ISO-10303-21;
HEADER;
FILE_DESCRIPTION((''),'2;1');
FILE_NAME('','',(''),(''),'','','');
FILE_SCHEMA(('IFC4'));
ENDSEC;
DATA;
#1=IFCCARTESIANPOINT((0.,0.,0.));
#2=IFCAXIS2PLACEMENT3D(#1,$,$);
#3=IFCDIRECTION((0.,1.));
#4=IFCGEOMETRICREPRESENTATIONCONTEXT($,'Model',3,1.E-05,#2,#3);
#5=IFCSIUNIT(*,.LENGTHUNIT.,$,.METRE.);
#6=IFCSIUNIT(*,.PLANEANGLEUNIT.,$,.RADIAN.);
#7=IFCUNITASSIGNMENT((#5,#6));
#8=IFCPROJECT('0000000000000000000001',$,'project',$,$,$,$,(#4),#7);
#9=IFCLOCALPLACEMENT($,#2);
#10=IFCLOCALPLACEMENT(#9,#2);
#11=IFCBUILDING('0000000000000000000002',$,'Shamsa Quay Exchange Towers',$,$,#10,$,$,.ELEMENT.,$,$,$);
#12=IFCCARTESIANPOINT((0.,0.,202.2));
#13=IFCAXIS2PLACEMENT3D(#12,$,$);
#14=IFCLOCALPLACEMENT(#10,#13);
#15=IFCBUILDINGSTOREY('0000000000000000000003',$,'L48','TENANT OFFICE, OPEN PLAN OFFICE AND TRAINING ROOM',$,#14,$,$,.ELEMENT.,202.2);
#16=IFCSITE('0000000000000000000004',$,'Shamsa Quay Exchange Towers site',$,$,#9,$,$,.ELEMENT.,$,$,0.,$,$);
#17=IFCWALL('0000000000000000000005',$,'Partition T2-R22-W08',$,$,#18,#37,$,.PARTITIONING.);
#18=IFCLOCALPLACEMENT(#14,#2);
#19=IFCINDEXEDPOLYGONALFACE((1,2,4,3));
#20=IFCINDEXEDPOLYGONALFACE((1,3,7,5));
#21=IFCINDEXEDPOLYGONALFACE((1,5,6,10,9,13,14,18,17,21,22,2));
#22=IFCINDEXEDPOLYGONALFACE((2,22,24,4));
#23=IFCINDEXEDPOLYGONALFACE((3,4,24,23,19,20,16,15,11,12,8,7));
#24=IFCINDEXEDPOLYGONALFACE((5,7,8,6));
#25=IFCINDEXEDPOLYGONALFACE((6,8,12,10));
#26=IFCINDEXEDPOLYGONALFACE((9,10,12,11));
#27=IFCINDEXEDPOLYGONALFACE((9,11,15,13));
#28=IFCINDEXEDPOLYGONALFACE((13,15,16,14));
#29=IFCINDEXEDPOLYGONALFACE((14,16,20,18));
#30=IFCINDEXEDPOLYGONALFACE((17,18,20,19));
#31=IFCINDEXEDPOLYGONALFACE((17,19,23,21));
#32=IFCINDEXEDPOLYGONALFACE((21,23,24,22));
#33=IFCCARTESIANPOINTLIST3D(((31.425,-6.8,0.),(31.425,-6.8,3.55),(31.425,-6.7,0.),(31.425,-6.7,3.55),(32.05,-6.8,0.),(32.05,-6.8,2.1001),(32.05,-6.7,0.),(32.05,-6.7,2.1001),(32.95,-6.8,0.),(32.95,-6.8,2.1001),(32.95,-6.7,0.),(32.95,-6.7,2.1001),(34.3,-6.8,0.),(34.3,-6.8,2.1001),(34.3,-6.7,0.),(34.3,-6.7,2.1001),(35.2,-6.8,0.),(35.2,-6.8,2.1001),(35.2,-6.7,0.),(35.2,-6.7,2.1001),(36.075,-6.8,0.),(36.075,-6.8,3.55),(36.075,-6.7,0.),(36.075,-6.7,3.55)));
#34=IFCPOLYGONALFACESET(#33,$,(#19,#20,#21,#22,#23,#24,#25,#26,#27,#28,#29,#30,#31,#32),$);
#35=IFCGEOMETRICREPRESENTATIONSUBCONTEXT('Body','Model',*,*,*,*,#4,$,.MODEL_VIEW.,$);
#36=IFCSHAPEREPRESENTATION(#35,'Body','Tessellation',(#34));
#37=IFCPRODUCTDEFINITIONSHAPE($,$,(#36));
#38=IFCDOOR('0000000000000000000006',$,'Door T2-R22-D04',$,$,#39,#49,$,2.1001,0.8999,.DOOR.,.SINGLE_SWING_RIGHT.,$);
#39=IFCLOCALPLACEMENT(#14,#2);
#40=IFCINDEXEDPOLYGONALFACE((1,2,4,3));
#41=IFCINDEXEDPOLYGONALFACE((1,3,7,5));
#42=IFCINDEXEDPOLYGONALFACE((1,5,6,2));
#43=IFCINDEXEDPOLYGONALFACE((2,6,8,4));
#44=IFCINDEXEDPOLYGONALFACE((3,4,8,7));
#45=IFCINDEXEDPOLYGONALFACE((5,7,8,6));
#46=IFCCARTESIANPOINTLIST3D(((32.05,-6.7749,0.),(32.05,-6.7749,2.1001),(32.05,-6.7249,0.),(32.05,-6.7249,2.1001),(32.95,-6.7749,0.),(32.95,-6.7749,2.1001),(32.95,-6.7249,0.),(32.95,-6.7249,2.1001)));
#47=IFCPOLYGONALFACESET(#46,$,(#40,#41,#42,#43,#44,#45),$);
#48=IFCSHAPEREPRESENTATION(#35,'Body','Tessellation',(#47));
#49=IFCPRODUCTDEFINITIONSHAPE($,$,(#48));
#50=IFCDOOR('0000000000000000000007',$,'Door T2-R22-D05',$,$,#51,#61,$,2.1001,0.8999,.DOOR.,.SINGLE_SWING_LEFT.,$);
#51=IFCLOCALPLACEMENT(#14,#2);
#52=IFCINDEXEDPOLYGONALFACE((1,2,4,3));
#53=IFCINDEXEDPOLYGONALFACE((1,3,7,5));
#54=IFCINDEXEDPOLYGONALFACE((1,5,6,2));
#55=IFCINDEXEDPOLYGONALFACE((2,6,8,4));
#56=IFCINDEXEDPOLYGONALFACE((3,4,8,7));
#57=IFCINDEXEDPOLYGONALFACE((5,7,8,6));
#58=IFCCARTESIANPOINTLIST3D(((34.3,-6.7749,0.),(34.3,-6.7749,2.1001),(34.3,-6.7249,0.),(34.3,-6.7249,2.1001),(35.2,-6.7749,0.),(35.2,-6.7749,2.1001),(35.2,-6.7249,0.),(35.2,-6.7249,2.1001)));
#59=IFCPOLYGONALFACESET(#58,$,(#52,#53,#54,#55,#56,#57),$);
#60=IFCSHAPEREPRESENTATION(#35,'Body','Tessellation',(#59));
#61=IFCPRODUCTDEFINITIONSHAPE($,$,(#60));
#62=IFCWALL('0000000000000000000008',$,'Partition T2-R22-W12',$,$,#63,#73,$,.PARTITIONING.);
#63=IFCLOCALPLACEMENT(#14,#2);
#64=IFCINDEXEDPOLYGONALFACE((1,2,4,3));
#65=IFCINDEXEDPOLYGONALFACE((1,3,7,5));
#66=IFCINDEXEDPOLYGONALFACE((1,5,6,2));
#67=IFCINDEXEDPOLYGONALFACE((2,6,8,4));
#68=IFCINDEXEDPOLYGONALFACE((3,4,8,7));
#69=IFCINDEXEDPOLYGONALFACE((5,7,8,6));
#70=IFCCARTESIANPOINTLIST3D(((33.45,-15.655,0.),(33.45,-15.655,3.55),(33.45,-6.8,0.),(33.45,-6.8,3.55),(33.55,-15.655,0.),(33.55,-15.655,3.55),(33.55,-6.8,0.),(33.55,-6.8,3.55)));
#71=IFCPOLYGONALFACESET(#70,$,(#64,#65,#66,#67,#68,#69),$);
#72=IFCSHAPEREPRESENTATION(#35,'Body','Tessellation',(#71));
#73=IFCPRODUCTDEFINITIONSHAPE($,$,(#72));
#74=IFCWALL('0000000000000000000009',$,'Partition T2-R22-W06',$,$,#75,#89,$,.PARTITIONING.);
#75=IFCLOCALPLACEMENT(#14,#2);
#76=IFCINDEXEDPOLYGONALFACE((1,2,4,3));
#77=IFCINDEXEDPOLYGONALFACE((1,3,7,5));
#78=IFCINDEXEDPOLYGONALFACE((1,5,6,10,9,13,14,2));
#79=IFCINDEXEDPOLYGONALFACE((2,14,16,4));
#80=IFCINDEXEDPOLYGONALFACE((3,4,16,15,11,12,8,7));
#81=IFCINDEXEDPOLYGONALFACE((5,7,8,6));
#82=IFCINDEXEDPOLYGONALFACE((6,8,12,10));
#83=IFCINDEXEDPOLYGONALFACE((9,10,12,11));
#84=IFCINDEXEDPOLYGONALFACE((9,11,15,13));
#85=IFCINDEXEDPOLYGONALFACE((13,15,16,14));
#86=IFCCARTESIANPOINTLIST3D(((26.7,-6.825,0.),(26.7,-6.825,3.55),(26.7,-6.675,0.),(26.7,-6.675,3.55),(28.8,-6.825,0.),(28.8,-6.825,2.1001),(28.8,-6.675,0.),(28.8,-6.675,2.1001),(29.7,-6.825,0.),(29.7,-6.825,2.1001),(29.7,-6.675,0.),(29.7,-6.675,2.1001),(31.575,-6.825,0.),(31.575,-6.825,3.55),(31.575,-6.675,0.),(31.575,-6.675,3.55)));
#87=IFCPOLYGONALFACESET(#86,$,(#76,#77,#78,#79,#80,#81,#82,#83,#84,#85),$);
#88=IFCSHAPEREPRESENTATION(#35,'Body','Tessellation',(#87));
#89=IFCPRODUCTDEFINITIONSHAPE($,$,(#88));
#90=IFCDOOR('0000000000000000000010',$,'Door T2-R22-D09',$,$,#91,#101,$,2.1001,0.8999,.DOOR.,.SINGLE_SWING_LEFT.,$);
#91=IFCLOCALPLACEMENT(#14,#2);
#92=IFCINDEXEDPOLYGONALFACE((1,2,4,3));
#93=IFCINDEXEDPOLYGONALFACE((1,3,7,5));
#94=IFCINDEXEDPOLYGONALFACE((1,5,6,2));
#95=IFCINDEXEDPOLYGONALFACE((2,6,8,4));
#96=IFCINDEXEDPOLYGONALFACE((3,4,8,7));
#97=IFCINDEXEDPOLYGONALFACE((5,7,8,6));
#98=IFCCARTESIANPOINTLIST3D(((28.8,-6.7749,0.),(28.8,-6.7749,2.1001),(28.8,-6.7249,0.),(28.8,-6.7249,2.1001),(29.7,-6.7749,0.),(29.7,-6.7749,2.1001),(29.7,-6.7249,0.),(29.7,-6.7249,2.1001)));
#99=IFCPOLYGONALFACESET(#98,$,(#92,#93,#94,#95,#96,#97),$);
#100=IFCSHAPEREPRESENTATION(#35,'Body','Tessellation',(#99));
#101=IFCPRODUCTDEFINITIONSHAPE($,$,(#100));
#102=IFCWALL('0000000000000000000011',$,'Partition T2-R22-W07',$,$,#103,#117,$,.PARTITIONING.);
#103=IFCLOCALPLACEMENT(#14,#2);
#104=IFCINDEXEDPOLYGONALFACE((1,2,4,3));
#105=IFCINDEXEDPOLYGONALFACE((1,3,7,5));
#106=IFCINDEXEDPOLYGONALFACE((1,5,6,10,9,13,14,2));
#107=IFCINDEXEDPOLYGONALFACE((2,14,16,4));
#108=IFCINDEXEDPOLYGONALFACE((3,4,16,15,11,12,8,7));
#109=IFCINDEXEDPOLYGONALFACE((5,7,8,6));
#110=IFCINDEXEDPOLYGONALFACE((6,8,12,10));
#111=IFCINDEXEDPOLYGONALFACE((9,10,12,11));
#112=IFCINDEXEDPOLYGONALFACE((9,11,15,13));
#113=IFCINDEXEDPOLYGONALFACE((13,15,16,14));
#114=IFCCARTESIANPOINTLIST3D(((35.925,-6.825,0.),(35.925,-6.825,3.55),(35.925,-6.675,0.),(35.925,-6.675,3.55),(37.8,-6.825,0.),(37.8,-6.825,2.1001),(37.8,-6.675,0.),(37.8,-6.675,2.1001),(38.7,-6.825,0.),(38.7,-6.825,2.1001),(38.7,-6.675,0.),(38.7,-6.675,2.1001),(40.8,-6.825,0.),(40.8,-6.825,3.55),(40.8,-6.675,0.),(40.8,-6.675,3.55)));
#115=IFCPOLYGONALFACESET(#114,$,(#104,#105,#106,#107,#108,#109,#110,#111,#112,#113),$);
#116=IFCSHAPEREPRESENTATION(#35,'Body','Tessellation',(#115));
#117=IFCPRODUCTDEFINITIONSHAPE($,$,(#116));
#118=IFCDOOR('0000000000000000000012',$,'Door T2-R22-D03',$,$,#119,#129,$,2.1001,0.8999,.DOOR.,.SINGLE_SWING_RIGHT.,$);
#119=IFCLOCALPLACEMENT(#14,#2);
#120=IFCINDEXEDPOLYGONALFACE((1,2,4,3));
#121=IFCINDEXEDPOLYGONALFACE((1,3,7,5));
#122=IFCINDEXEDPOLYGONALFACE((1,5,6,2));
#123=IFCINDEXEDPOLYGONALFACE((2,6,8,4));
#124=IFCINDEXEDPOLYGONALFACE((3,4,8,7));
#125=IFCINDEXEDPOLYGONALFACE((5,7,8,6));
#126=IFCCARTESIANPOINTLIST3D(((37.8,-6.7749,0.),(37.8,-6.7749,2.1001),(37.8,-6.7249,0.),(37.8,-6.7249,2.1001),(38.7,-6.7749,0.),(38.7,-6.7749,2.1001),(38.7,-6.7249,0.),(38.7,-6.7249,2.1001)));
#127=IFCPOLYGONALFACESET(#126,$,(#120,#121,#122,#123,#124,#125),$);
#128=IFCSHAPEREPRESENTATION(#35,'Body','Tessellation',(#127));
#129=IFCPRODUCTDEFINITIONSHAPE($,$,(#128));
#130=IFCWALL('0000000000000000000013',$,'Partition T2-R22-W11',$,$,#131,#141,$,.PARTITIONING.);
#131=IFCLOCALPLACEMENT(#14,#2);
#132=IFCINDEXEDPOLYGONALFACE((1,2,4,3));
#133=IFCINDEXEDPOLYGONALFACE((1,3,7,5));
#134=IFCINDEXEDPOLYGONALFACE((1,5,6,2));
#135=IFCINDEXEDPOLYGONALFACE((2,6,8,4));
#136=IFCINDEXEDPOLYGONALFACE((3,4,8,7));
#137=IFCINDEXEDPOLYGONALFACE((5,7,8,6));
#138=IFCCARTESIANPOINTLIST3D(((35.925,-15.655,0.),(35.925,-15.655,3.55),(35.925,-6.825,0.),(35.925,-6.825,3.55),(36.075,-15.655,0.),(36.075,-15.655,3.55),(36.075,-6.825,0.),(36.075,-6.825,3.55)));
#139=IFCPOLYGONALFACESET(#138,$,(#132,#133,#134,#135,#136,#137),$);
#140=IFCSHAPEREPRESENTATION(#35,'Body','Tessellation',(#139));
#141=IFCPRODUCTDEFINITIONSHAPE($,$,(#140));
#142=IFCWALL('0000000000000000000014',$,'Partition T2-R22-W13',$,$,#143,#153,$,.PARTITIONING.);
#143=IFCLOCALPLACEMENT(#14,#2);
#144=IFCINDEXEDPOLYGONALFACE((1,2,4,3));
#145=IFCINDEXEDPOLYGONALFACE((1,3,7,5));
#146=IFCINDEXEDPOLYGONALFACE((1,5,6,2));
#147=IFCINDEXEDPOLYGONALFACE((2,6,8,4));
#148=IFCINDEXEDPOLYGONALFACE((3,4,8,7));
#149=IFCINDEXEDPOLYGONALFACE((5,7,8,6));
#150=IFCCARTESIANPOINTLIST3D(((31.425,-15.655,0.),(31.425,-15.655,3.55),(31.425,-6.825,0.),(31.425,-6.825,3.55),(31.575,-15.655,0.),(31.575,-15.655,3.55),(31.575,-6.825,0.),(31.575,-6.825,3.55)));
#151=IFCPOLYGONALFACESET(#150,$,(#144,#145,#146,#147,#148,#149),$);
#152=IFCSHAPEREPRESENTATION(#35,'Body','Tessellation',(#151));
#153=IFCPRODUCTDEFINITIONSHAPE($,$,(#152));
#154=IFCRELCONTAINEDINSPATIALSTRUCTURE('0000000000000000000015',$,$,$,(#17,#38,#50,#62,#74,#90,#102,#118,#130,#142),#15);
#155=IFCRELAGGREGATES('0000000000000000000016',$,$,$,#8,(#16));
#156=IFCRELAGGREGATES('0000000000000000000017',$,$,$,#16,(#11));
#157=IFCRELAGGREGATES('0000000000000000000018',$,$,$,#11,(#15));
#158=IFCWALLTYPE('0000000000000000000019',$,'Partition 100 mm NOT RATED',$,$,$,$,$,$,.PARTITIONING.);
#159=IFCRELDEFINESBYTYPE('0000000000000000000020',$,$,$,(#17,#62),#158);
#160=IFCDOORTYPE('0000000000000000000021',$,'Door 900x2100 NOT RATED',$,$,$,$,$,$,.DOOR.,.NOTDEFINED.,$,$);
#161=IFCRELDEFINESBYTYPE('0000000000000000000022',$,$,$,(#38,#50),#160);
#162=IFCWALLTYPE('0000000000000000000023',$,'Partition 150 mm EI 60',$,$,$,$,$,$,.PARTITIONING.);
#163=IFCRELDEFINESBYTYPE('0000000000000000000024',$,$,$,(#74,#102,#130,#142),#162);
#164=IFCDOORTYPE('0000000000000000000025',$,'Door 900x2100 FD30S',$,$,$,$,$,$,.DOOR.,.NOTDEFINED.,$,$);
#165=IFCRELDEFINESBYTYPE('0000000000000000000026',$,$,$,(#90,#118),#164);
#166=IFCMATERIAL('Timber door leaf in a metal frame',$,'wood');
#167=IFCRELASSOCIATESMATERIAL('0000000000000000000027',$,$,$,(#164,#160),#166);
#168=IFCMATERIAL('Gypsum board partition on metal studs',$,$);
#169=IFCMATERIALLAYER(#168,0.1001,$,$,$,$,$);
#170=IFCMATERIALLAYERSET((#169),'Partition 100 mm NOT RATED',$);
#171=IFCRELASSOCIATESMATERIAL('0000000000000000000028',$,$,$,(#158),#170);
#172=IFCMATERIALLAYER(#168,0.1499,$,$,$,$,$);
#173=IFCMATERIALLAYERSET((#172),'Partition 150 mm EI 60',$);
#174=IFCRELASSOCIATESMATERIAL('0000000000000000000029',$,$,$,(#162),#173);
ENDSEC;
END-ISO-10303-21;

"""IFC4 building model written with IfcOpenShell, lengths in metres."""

from ifc_helpers import new_model, si_unit, direction, frame, frame_2d, origin, place, context, subcontext, project, spatial, rectangle, extrude, material, layer, layer_set, type_object, element, fill, save


model = new_model("IFC4")

# Units and contexts
model_context = context("Model", 3, precision=1e-05, world=origin(), true_north=direction((0.0, 1.0)))
body_context = subcontext(model_context, "Body", "Model", "MODEL_VIEW")
ifc_project = project(units=[si_unit("LENGTHUNIT", "METRE"), si_unit("PLANEANGLEUNIT", "RADIAN")], contexts=[model_context])

# Site, building, storey
site_placement = place(None, origin())
site = spatial("IfcSite", under=ifc_project, at=site_placement, Name="Shamsa Quay Exchange Towers site", CompositionType="ELEMENT", RefElevation=0.0)
building_placement = place(site_placement, origin())
building = spatial("IfcBuilding", under=site, at=building_placement, Name="Shamsa Quay Exchange Towers", CompositionType="ELEMENT")
storey_placement = place(building_placement, frame((0.0, 0.0, 202.2)))
storey = spatial("IfcBuildingStorey", under=building, at=storey_placement, Name="L48", Description="TENANT OFFICE, OPEN PLAN OFFICE AND TRAINING ROOM", CompositionType="ELEMENT", Elevation=202.2)

# Shared definitions
ifc_material_1 = material(Name="Timber door leaf in a metal frame", Category="wood")
door_type_1 = type_object("IfcDoorType", Name="Door 900x2100 FD30S", OperationType="NOTDEFINED", PredefinedType="DOOR", material=ifc_material_1)

# Wall, openings, doors
ifc_material_2 = material(Name="Gypsum board partition on metal studs")
ifc_layer_1 = layer(ifc_material_2, 0.1001)
ifc_layer_set_1 = layer_set([ifc_layer_1], Name="Partition 100 mm NOT RATED")
wall_type_1 = type_object("IfcWallType", Name="Partition 100 mm NOT RATED", PredefinedType="PARTITIONING", material=ifc_layer_set_1)
wall_1_placement = place(storey_placement, frame((36.075, -6.75, 0.0), z_axis=(0.0, 0.0, 1.0), x_axis=(-1.0, 0.0, 0.0)))
wall_1 = element("IfcWall", 1, at=wall_1_placement, inside=storey, type_object=wall_type_1, Name="Partition T2-R22-W08", PredefinedType="PARTITIONING", context=body_context, shape_type="SweptSolid", body=[
    extrude(rectangle(XDim=4.6499, YDim=0.1001, at=frame_2d((2.325, 0.0))), origin(), (0.0, 0.0, 1.0), 3.55),
])
opening_1_placement = place(wall_1_placement, frame((3.125, 0.0, 0.0)))
opening_1 = element("IfcOpeningElement", 2, at=opening_1_placement, cuts=wall_1, PredefinedType="OPENING", context=body_context, shape_type="SweptSolid", body=[
    extrude(rectangle(XDim=0.8999, YDim=2.1001, at=frame_2d((0.45, 1.05))), frame((0.0, 0.0601, 0.0), z_axis=(0.0, -1.0, 0.0), x_axis=(1.0, 0.0, 0.0)), (0.0, 0.0, 1.0), 0.1201),
])
opening_2_placement = place(wall_1_placement, frame((0.875, 0.0, 0.0)))
opening_2 = element("IfcOpeningElement", 3, at=opening_2_placement, cuts=wall_1, PredefinedType="OPENING", context=body_context, shape_type="SweptSolid", body=[
    extrude(rectangle(XDim=0.8999, YDim=2.1001, at=frame_2d((0.45, 1.05))), frame((0.0, 0.0601, 0.0), z_axis=(0.0, -1.0, 0.0), x_axis=(1.0, 0.0, 0.0)), (0.0, 0.0, 1.0), 0.1201),
])
door_type_2 = type_object("IfcDoorType", Name="Door 900x2100 NOT RATED", OperationType="NOTDEFINED", PredefinedType="DOOR", material=ifc_material_1)
door_1_placement = place(opening_1_placement, origin())
door_1 = element("IfcDoor", 4, at=door_1_placement, inside=storey, type_object=door_type_2, Name="Door T2-R22-D04", OperationType="SINGLE_SWING_RIGHT", OverallHeight=2.1001, OverallWidth=0.8999, PredefinedType="DOOR", context=body_context, shape_type="SweptSolid", body=[
    extrude(rectangle(XDim=0.8999, YDim=2.1001, at=frame_2d((0.45, 1.05))), frame((0.0, 0.0249, 0.0), z_axis=(0.0, -1.0, 0.0), x_axis=(1.0, 0.0, 0.0)), (0.0, 0.0, 1.0), 0.05),
])
fill(opening_1, door_1)
door_2_placement = place(opening_2_placement, origin())
door_2 = element("IfcDoor", 5, at=door_2_placement, inside=storey, type_object=door_type_2, Name="Door T2-R22-D05", OperationType="SINGLE_SWING_LEFT", OverallHeight=2.1001, OverallWidth=0.8999, PredefinedType="DOOR", context=body_context, shape_type="SweptSolid", body=[
    extrude(rectangle(XDim=0.8999, YDim=2.1001, at=frame_2d((0.45, 1.05))), frame((0.0, 0.0249, 0.0), z_axis=(0.0, -1.0, 0.0), x_axis=(1.0, 0.0, 0.0)), (0.0, 0.0, 1.0), 0.05),
])
fill(opening_2, door_2)

# Wall
wall_2_placement = place(storey_placement, frame((33.5, -6.8, 0.0), z_axis=(0.0, 0.0, 1.0), x_axis=(0.0, -1.0, 0.0)))
element("IfcWall", 6, at=wall_2_placement, inside=storey, type_object=wall_type_1, Name="Partition T2-R22-W12", PredefinedType="PARTITIONING", context=body_context, shape_type="SweptSolid", body=[
    extrude(rectangle(XDim=8.855, YDim=0.1001, at=frame_2d((4.4275, 0.0))), origin(), (0.0, 0.0, 1.0), 3.55),
])

# Walls, openings, doors
ifc_layer_2 = layer(ifc_material_2, 0.1499)
ifc_layer_set_2 = layer_set([ifc_layer_2], Name="Partition 150 mm EI 60")
wall_type_2 = type_object("IfcWallType", Name="Partition 150 mm EI 60", PredefinedType="PARTITIONING", material=ifc_layer_set_2)
wall_3_placement = place(storey_placement, frame((31.575, -6.75, 0.0), z_axis=(0.0, 0.0, 1.0), x_axis=(-1.0, 0.0, 0.0)))
wall_3 = element("IfcWall", 7, at=wall_3_placement, inside=storey, type_object=wall_type_2, Name="Partition T2-R22-W06", PredefinedType="PARTITIONING", context=body_context, shape_type="SweptSolid", body=[
    extrude(rectangle(XDim=4.875, YDim=0.1499, at=frame_2d((2.4375, 0.0))), origin(), (0.0, 0.0, 1.0), 3.55),
])
opening_3_placement = place(wall_3_placement, frame((1.875, 0.0, 0.0)))
opening_3 = element("IfcOpeningElement", 8, at=opening_3_placement, cuts=wall_3, PredefinedType="OPENING", context=body_context, shape_type="SweptSolid", body=[
    extrude(rectangle(XDim=0.8999, YDim=2.1001, at=frame_2d((0.45, 1.05))), frame((0.0, 0.085, 0.0), z_axis=(0.0, -1.0, 0.0), x_axis=(1.0, 0.0, 0.0)), (0.0, 0.0, 1.0), 0.1699),
])
door_3_placement = place(opening_3_placement, origin())
door_3 = element("IfcDoor", 9, at=door_3_placement, inside=storey, type_object=door_type_1, Name="Door T2-R22-D09", OperationType="SINGLE_SWING_LEFT", OverallHeight=2.1001, OverallWidth=0.8999, PredefinedType="DOOR", context=body_context, shape_type="SweptSolid", body=[
    extrude(rectangle(XDim=0.8999, YDim=2.1001, at=frame_2d((0.45, 1.05))), frame((0.0, 0.0249, 0.0), z_axis=(0.0, -1.0, 0.0), x_axis=(1.0, 0.0, 0.0)), (0.0, 0.0, 1.0), 0.05),
])
fill(opening_3, door_3)
wall_4_placement = place(storey_placement, frame((40.8, -6.75, 0.0), z_axis=(0.0, 0.0, 1.0), x_axis=(-1.0, 0.0, 0.0)))
wall_4 = element("IfcWall", 10, at=wall_4_placement, inside=storey, type_object=wall_type_2, Name="Partition T2-R22-W07", PredefinedType="PARTITIONING", context=body_context, shape_type="SweptSolid", body=[
    extrude(rectangle(XDim=4.875, YDim=0.1499, at=frame_2d((2.4375, 0.0))), origin(), (0.0, 0.0, 1.0), 3.55),
])
opening_4_placement = place(wall_4_placement, frame((2.1001, 0.0, 0.0)))
opening_4 = element("IfcOpeningElement", 11, at=opening_4_placement, cuts=wall_4, PredefinedType="OPENING", context=body_context, shape_type="SweptSolid", body=[
    extrude(rectangle(XDim=0.8999, YDim=2.1001, at=frame_2d((0.45, 1.05))), frame((0.0, 0.085, 0.0), z_axis=(0.0, -1.0, 0.0), x_axis=(1.0, 0.0, 0.0)), (0.0, 0.0, 1.0), 0.1699),
])
door_4_placement = place(opening_4_placement, origin())
door_4 = element("IfcDoor", 12, at=door_4_placement, inside=storey, type_object=door_type_1, Name="Door T2-R22-D03", OperationType="SINGLE_SWING_RIGHT", OverallHeight=2.1001, OverallWidth=0.8999, PredefinedType="DOOR", context=body_context, shape_type="SweptSolid", body=[
    extrude(rectangle(XDim=0.8999, YDim=2.1001, at=frame_2d((0.45, 1.05))), frame((0.0, 0.0249, 0.0), z_axis=(0.0, -1.0, 0.0), x_axis=(1.0, 0.0, 0.0)), (0.0, 0.0, 1.0), 0.05),
])
fill(opening_4, door_4)

# Walls
for number, where, z_axis, x_axis, name in (
    (13, (36.0, -6.825, 0.0), (0.0, 0.0, 1.0), (0.0, -1.0, 0.0), "Partition T2-R22-W11"),
    (14, (31.5, -6.825, 0.0), (0.0, 0.0, 1.0), (0.0, -1.0, 0.0), "Partition T2-R22-W13"),
):
    element("IfcWall", number, at=place(storey_placement, frame(where, z_axis=z_axis, x_axis=x_axis)), inside=storey, type_object=wall_type_2, Name=name, PredefinedType="PARTITIONING", context=body_context, shape_type="SweptSolid", body=[
        extrude(rectangle(XDim=8.8301, YDim=0.1499, at=frame_2d((4.415, 0.0))), origin(), (0.0, 0.0, 1.0), 3.55),
    ])

save(model, "model.ifc")
